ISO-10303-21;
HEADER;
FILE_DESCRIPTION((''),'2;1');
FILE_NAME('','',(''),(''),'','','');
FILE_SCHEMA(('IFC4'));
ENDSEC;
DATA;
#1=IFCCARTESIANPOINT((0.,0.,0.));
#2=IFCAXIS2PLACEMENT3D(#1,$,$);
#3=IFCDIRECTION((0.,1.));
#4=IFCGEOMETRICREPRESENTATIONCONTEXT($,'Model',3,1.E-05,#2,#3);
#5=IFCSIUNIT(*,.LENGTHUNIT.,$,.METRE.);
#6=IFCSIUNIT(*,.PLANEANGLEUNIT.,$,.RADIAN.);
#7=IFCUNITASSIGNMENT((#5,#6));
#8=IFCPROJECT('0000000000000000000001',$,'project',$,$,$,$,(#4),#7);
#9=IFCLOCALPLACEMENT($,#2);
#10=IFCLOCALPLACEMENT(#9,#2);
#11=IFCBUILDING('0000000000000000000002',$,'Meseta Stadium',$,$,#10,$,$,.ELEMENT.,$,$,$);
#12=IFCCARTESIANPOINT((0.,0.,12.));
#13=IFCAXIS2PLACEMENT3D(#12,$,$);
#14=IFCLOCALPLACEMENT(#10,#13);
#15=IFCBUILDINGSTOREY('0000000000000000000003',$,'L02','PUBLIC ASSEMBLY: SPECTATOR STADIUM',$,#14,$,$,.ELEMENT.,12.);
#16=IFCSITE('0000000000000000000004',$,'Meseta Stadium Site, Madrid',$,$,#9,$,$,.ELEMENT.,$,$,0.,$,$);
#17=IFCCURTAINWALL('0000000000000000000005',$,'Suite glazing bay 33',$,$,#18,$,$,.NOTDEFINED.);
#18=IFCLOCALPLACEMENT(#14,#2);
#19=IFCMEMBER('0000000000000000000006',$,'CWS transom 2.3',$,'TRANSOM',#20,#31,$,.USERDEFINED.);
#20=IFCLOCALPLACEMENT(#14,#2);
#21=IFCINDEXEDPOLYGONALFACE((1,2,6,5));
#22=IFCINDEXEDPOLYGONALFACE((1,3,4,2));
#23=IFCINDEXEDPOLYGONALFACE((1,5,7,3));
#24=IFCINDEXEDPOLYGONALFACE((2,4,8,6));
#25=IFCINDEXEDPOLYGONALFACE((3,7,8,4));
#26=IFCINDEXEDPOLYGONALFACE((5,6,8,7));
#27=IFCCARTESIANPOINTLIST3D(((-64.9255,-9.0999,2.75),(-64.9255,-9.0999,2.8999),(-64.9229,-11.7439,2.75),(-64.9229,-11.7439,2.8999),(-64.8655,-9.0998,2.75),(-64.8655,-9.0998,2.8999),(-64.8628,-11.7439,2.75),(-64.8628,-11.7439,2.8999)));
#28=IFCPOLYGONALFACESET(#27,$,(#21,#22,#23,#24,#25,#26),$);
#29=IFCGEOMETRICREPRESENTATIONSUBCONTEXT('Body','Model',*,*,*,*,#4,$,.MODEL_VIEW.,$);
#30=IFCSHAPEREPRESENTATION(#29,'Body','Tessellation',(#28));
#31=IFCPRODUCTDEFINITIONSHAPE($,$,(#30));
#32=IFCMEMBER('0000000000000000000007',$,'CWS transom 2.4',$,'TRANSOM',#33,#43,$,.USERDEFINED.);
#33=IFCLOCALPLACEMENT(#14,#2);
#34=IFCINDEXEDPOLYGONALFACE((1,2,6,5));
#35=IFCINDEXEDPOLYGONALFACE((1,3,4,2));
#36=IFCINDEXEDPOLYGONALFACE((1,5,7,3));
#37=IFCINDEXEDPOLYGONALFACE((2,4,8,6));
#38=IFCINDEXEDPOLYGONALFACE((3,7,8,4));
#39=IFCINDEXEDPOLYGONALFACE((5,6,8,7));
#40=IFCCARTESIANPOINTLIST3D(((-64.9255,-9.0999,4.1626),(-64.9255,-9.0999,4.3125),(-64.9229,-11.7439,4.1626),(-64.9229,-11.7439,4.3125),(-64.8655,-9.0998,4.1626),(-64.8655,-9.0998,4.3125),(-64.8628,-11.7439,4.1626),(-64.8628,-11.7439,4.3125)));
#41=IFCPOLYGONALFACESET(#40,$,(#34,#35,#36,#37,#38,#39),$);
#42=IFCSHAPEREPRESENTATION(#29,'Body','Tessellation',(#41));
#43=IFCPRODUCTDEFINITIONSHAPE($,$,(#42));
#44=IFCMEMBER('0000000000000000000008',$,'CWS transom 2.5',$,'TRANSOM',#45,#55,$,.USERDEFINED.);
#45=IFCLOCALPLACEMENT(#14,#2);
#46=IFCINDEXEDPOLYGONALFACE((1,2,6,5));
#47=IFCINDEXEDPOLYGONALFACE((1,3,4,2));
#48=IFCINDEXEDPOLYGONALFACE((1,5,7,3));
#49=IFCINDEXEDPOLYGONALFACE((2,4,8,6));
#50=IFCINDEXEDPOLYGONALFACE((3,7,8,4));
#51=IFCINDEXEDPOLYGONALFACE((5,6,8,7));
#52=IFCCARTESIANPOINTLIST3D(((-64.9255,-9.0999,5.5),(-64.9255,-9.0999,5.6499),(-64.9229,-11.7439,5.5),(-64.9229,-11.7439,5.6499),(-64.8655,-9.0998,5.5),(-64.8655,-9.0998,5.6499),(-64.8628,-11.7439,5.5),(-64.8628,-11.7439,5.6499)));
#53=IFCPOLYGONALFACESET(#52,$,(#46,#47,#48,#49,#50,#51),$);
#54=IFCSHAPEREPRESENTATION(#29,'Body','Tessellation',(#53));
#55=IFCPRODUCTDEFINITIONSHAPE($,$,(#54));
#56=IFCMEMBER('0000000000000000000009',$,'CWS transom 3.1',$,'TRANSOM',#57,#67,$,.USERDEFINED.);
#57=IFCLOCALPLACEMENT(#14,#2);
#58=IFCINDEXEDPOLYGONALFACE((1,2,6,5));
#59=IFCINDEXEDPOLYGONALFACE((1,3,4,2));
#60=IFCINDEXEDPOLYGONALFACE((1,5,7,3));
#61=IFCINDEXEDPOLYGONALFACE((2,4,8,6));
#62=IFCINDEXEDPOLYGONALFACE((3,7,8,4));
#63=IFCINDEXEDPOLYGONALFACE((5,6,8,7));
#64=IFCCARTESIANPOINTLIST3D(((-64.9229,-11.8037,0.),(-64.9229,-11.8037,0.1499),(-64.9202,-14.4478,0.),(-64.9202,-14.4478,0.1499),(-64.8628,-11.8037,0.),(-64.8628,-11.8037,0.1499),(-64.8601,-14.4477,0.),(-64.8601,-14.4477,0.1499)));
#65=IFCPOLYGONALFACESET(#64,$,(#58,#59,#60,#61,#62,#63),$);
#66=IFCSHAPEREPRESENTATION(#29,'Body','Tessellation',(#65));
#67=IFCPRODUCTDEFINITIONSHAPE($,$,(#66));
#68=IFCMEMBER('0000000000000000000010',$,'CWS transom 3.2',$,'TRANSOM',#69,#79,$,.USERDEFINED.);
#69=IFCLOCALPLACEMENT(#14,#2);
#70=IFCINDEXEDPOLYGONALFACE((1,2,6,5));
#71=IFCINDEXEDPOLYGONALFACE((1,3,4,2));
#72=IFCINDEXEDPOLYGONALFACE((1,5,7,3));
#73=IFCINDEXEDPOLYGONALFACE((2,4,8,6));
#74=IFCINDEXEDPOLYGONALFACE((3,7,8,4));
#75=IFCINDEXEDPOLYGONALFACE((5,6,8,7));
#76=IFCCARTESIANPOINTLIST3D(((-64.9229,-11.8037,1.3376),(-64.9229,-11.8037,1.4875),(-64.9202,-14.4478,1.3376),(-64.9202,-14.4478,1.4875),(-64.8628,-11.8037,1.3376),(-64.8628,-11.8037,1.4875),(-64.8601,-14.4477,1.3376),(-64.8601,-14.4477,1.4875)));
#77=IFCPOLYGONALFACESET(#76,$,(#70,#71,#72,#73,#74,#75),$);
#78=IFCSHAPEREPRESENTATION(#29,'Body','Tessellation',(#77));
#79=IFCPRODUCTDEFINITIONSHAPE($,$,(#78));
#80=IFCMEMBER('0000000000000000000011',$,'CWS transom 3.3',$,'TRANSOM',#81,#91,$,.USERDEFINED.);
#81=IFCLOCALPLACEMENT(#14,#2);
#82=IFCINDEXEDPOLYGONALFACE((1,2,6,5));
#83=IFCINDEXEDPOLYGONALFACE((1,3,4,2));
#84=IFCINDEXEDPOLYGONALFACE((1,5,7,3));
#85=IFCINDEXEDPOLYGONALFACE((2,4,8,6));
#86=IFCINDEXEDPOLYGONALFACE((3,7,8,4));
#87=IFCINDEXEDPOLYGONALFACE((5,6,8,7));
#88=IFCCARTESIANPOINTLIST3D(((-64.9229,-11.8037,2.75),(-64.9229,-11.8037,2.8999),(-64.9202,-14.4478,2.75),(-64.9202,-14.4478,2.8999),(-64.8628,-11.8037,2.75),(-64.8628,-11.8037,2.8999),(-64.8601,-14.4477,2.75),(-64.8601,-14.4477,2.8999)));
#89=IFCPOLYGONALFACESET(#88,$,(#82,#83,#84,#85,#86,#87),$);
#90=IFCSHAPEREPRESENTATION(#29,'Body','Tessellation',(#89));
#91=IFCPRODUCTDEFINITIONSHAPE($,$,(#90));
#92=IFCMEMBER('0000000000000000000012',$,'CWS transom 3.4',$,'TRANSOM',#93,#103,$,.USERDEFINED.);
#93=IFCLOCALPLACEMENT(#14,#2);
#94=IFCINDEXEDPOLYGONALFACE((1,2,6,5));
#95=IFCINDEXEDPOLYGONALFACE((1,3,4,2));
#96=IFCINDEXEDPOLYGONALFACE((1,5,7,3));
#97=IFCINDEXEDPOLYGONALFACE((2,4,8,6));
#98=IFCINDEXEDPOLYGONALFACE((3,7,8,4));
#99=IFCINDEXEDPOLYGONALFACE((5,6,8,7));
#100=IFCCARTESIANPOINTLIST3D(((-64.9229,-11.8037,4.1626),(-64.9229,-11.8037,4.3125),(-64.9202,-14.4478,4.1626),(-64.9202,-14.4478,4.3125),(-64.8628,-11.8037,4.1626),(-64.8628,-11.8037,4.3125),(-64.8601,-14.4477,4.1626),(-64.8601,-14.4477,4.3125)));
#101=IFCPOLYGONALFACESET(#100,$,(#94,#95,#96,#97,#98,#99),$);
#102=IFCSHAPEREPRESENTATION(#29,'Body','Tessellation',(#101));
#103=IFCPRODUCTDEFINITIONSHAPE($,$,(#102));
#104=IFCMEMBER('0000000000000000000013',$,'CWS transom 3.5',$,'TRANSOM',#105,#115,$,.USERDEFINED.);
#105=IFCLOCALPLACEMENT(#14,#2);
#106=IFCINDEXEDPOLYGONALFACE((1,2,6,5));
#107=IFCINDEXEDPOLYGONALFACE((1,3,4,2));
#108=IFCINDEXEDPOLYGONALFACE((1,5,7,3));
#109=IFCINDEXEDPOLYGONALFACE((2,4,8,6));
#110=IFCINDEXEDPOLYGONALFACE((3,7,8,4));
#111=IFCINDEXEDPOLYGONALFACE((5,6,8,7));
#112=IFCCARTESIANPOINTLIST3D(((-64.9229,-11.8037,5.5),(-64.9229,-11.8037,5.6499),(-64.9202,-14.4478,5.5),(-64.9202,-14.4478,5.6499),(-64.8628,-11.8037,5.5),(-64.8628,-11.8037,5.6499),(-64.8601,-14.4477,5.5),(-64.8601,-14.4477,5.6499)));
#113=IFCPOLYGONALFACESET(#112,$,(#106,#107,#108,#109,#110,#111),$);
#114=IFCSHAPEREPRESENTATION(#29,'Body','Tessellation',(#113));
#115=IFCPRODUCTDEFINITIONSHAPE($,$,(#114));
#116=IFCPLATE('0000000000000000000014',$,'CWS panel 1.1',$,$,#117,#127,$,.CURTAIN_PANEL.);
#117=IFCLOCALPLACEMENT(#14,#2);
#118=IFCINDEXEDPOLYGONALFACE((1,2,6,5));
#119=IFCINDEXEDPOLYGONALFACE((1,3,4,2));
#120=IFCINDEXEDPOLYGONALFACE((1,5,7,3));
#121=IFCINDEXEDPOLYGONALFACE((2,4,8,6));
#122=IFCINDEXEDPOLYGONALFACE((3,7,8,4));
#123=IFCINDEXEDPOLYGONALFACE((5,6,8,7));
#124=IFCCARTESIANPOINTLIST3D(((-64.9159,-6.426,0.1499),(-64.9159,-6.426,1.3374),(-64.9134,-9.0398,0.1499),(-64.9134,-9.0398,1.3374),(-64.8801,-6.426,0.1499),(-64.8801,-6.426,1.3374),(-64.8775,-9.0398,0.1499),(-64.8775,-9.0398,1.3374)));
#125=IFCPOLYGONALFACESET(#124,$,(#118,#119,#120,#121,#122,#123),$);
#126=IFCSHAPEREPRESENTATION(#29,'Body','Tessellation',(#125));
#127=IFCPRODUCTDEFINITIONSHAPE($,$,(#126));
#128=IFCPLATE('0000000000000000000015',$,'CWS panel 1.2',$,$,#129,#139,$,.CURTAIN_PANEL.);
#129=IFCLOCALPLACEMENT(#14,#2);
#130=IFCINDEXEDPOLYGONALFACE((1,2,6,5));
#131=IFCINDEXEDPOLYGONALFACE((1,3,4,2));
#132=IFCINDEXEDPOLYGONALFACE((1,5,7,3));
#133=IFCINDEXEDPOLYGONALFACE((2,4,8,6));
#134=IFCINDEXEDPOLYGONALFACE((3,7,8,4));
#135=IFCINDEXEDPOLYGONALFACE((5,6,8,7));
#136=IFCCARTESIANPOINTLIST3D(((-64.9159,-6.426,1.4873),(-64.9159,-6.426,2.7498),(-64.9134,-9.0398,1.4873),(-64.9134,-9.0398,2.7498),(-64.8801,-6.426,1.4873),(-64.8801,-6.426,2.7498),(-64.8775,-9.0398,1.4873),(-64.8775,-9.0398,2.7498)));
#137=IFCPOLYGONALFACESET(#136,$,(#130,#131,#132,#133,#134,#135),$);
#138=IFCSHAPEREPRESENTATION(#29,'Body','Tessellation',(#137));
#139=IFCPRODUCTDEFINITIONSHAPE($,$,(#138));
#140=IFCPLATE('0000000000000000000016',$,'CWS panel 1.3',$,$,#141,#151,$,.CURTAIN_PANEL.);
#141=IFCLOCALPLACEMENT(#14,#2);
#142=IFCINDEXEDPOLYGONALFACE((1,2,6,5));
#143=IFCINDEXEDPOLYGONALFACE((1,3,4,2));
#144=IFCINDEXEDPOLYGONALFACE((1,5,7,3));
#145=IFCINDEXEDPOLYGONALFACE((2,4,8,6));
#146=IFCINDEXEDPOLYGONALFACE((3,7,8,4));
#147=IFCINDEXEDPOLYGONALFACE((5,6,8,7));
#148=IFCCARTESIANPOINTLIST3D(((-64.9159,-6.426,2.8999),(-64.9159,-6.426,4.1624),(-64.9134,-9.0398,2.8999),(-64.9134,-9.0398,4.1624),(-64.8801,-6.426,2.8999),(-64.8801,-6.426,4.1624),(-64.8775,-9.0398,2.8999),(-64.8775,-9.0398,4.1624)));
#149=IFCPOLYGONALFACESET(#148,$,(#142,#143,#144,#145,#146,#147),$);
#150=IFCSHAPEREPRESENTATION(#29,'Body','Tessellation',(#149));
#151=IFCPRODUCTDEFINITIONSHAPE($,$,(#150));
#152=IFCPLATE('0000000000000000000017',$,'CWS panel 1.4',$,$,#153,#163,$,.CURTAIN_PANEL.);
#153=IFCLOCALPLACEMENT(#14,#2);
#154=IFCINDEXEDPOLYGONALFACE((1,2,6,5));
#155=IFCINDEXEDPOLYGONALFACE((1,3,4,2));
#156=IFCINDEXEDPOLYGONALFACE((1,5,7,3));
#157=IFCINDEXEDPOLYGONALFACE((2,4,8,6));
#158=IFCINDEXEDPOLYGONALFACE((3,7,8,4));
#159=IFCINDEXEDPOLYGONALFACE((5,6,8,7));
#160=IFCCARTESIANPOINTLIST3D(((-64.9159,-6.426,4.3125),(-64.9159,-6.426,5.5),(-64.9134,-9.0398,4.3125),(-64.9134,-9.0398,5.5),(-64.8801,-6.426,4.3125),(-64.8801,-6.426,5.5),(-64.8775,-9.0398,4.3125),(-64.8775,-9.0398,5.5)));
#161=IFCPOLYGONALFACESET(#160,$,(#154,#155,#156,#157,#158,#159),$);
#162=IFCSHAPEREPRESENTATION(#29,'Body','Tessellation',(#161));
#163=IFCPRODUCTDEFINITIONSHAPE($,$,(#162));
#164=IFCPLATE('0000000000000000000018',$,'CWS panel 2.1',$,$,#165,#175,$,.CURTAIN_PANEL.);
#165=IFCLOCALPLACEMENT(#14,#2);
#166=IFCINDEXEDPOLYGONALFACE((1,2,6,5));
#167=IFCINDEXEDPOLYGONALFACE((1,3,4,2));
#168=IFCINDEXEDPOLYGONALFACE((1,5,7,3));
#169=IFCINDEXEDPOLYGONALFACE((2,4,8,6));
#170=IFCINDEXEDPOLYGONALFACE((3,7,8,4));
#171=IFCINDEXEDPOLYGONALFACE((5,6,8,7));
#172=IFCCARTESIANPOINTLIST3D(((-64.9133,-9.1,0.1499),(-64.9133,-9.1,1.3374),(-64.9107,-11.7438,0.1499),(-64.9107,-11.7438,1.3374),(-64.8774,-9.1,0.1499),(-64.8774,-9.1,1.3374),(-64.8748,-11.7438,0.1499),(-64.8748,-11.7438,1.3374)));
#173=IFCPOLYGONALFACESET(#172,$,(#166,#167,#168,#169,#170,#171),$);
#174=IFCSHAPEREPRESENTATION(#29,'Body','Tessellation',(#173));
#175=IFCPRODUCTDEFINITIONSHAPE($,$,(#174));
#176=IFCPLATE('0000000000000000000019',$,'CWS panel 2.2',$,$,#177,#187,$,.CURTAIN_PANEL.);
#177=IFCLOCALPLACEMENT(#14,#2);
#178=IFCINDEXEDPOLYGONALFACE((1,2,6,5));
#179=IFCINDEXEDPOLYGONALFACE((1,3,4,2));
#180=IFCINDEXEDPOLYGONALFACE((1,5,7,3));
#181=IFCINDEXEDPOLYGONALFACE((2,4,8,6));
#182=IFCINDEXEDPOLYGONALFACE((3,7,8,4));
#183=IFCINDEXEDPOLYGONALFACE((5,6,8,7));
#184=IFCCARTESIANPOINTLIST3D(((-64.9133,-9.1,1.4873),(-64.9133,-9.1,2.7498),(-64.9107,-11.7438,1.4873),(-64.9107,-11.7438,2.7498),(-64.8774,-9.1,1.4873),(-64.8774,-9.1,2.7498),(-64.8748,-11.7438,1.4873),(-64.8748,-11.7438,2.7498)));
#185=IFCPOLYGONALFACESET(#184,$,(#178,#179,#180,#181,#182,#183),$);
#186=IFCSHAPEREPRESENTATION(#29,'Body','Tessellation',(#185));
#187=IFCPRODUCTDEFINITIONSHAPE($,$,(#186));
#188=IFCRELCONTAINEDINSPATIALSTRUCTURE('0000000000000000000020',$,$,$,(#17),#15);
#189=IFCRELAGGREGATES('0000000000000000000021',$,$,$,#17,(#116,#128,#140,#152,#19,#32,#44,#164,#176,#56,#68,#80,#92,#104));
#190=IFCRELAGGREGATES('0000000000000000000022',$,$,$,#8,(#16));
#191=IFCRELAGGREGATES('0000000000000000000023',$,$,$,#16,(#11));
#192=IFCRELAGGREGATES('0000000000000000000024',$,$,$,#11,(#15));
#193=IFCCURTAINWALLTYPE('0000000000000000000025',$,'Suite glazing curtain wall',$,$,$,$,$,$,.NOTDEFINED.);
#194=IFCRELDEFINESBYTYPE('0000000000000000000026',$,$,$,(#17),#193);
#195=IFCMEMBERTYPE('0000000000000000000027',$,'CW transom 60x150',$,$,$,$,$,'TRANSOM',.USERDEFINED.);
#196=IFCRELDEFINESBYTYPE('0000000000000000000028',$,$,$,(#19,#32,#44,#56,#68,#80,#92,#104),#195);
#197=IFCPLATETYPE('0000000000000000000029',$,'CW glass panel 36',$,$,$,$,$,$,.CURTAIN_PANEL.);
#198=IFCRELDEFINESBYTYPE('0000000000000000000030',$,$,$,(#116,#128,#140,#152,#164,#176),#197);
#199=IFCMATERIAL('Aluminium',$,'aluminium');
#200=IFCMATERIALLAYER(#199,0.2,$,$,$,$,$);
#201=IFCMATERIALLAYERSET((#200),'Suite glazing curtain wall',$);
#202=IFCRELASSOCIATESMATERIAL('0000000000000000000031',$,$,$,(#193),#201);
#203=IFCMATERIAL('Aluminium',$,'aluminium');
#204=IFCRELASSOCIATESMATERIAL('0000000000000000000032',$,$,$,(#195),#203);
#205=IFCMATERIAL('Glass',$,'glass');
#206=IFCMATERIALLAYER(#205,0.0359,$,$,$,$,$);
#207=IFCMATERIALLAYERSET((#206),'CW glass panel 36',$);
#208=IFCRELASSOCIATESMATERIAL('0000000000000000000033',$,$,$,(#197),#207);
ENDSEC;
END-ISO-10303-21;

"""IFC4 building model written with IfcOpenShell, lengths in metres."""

from ifc_helpers import new_model, si_unit, direction, frame, origin, origin_2d, place, context, subcontext, project, spatial, rectangle, extrude, material, layer, layer_set, material_profile, profile_set, type_object, element, aggregate, save


model = new_model("IFC4")

# Units and contexts
model_context = context("Model", 3, precision=1e-05, world=origin(), true_north=direction((0.0, 1.0)))
body_context = subcontext(model_context, "Body", "Model", "MODEL_VIEW")
ifc_project = project(units=[si_unit("LENGTHUNIT", "METRE"), si_unit("PLANEANGLEUNIT", "RADIAN")], contexts=[model_context])

# Site, building, storey
site_placement = place(None, origin())
site = spatial("IfcSite", under=ifc_project, at=site_placement, Name="Meseta Stadium Site, Madrid", CompositionType="ELEMENT", RefElevation=0.0)
building_placement = place(site_placement, origin())
building = spatial("IfcBuilding", under=site, at=building_placement, Name="Meseta Stadium", CompositionType="ELEMENT")
storey_placement = place(building_placement, frame((0.0, 0.0, 12.0)))
storey = spatial("IfcBuildingStorey", under=building, at=storey_placement, Name="L02", Description="PUBLIC ASSEMBLY: SPECTATOR STADIUM", CompositionType="ELEMENT", Elevation=12.0)

# Shared definitions
ifc_material_1 = material(Name="Aluminium", Category="aluminium")
ifc_layer_1 = layer(ifc_material_1, 0.2)
ifc_layer_set_1 = layer_set([ifc_layer_1], Name="Suite glazing curtain wall")
curtain_wall_type = type_object("IfcCurtainWallType", Name="Suite glazing curtain wall", PredefinedType="NOTDEFINED", material=ifc_layer_set_1)

# Curtain wall
curtain_wall_1_placement = place(storey_placement, origin())
curtain_wall_1 = element("IfcCurtainWall", 1, at=curtain_wall_1_placement, inside=storey, type_object=curtain_wall_type, Name="Suite glazing bay 33", PredefinedType="NOTDEFINED")

# Members
ifc_material_2 = material(Name="Aluminium", Category="aluminium")
ifc_material_profile_1 = material_profile(ifc_material_2, rectangle(XDim=0.0601, YDim=0.1499, at=origin_2d()), Name="CW 60x150")
ifc_profile_set_1 = profile_set([ifc_material_profile_1], Name="Aluminium")
member_type_1 = type_object("IfcMemberType", Name="CW transom 60x150", ElementType="TRANSOM", PredefinedType="USERDEFINED", material=ifc_profile_set_1)
member_1_placement = place(storey_placement, frame((-64.8955, -9.0999, 2.825), z_axis=(0.001016, -0.999999, 0.0), x_axis=(0.999999, 0.001016, 0.0)))
member_1 = element("IfcMember", 2, at=member_1_placement, type_object=member_type_1, Name="CWS transom 2.3", ObjectType="TRANSOM", PredefinedType="USERDEFINED", context=body_context, shape_type="SweptSolid", body=[
    extrude(rectangle(XDim=0.0601, YDim=0.1499, at=origin_2d()), origin(), (0.0, 0.0, 1.0), 2.644),
])
member_2_placement = place(storey_placement, frame((-64.8955, -9.0999, 4.2375), z_axis=(0.001016, -0.999999, 0.0), x_axis=(0.999999, 0.001016, 0.0)))
member_2 = element("IfcMember", 3, at=member_2_placement, type_object=member_type_1, Name="CWS transom 2.4", ObjectType="TRANSOM", PredefinedType="USERDEFINED", context=body_context, shape_type="SweptSolid", body=[
    extrude(rectangle(XDim=0.0601, YDim=0.1499, at=origin_2d()), origin(), (0.0, 0.0, 1.0), 2.644),
])
member_3_placement = place(storey_placement, frame((-64.8955, -9.0999, 5.575), z_axis=(0.001016, -0.999999, 0.0), x_axis=(0.999999, 0.001016, 0.0)))
member_3 = element("IfcMember", 4, at=member_3_placement, type_object=member_type_1, Name="CWS transom 2.5", ObjectType="TRANSOM", PredefinedType="USERDEFINED", context=body_context, shape_type="SweptSolid", body=[
    extrude(rectangle(XDim=0.0601, YDim=0.1499, at=origin_2d()), origin(), (0.0, 0.0, 1.0), 2.644),
])
member_4_placement = place(storey_placement, frame((-64.8928, -11.8037, 0.075), z_axis=(0.001016, -0.999999, 0.0), x_axis=(0.999999, 0.001016, 0.0)))
member_4 = element("IfcMember", 5, at=member_4_placement, type_object=member_type_1, Name="CWS transom 3.1", ObjectType="TRANSOM", PredefinedType="USERDEFINED", context=body_context, shape_type="SweptSolid", body=[
    extrude(rectangle(XDim=0.0601, YDim=0.1499, at=origin_2d()), origin(), (0.0, 0.0, 1.0), 2.644),
])
member_5_placement = place(storey_placement, frame((-64.8928, -11.8037, 1.4126), z_axis=(0.001016, -0.999999, 0.0), x_axis=(0.999999, 0.001016, 0.0)))
member_5 = element("IfcMember", 6, at=member_5_placement, type_object=member_type_1, Name="CWS transom 3.2", ObjectType="TRANSOM", PredefinedType="USERDEFINED", context=body_context, shape_type="SweptSolid", body=[
    extrude(rectangle(XDim=0.0601, YDim=0.1499, at=origin_2d()), origin(), (0.0, 0.0, 1.0), 2.644),
])
member_6_placement = place(storey_placement, frame((-64.8928, -11.8037, 2.825), z_axis=(0.001016, -0.999999, 0.0), x_axis=(0.999999, 0.001016, 0.0)))
member_6 = element("IfcMember", 7, at=member_6_placement, type_object=member_type_1, Name="CWS transom 3.3", ObjectType="TRANSOM", PredefinedType="USERDEFINED", context=body_context, shape_type="SweptSolid", body=[
    extrude(rectangle(XDim=0.0601, YDim=0.1499, at=origin_2d()), origin(), (0.0, 0.0, 1.0), 2.644),
])
member_7_placement = place(storey_placement, frame((-64.8928, -11.8037, 4.2375), z_axis=(0.001016, -0.999999, 0.0), x_axis=(0.999999, 0.001016, 0.0)))
member_7 = element("IfcMember", 8, at=member_7_placement, type_object=member_type_1, Name="CWS transom 3.4", ObjectType="TRANSOM", PredefinedType="USERDEFINED", context=body_context, shape_type="SweptSolid", body=[
    extrude(rectangle(XDim=0.0601, YDim=0.1499, at=origin_2d()), origin(), (0.0, 0.0, 1.0), 2.644),
])
member_8_placement = place(storey_placement, frame((-64.8928, -11.8037, 5.575), z_axis=(0.001016, -0.999999, 0.0), x_axis=(0.999999, 0.001016, 0.0)))
member_8 = element("IfcMember", 9, at=member_8_placement, type_object=member_type_1, Name="CWS transom 3.5", ObjectType="TRANSOM", PredefinedType="USERDEFINED", context=body_context, shape_type="SweptSolid", body=[
    extrude(rectangle(XDim=0.0601, YDim=0.1499, at=origin_2d()), origin(), (0.0, 0.0, 1.0), 2.644),
])

# Plates
ifc_material_3 = material(Name="Glass", Category="glass")
ifc_layer_2 = layer(ifc_material_3, 0.0359)
ifc_layer_set_2 = layer_set([ifc_layer_2], Name="CW glass panel 36")
plate_type = type_object("IfcPlateType", Name="CW glass panel 36", PredefinedType="CURTAIN_PANEL", material=ifc_layer_set_2)
plate_1_placement = place(storey_placement, frame((-64.8967, -7.7329, 0.1499), z_axis=(0.0, 0.0, 1.0), x_axis=(0.000975, -1.0, 0.0)))
plate_1 = element("IfcPlate", 10, at=plate_1_placement, type_object=plate_type, Name="CWS panel 1.1", PredefinedType="CURTAIN_PANEL", context=body_context, shape_type="SweptSolid", body=[
    extrude(rectangle(XDim=2.6138, YDim=0.0359, at=origin_2d()), origin(), (0.0, 0.0, 1.0), 1.1875),
])
plate_2_placement = place(storey_placement, frame((-64.8967, -7.7329, 1.4873), z_axis=(0.0, 0.0, 1.0), x_axis=(0.000975, -1.0, 0.0)))
plate_2 = element("IfcPlate", 11, at=plate_2_placement, type_object=plate_type, Name="CWS panel 1.2", PredefinedType="CURTAIN_PANEL", context=body_context, shape_type="SweptSolid", body=[
    extrude(rectangle(XDim=2.6138, YDim=0.0359, at=origin_2d()), origin(), (0.0, 0.0, 1.0), 1.2625),
])
plate_3_placement = place(storey_placement, frame((-64.8967, -7.7329, 2.8999), z_axis=(0.0, 0.0, 1.0), x_axis=(0.000975, -1.0, 0.0)))
plate_3 = element("IfcPlate", 12, at=plate_3_placement, type_object=plate_type, Name="CWS panel 1.3", PredefinedType="CURTAIN_PANEL", context=body_context, shape_type="SweptSolid", body=[
    extrude(rectangle(XDim=2.6138, YDim=0.0359, at=origin_2d()), origin(), (0.0, 0.0, 1.0), 1.2625),
])
plate_4_placement = place(storey_placement, frame((-64.8967, -7.7329, 4.3125), z_axis=(0.0, 0.0, 1.0), x_axis=(0.000975, -1.0, 0.0)))
plate_4 = element("IfcPlate", 13, at=plate_4_placement, type_object=plate_type, Name="CWS panel 1.4", PredefinedType="CURTAIN_PANEL", context=body_context, shape_type="SweptSolid", body=[
    extrude(rectangle(XDim=2.6138, YDim=0.0359, at=origin_2d()), origin(), (0.0, 0.0, 1.0), 1.1875),
])
plate_5_placement = place(storey_placement, frame((-64.894, -10.4219, 0.1499), z_axis=(0.0, 0.0, 1.0), x_axis=(0.000975, -1.0, 0.0)))
plate_5 = element("IfcPlate", 14, at=plate_5_placement, type_object=plate_type, Name="CWS panel 2.1", PredefinedType="CURTAIN_PANEL", context=body_context, shape_type="SweptSolid", body=[
    extrude(rectangle(XDim=2.6438, YDim=0.0359, at=origin_2d()), origin(), (0.0, 0.0, 1.0), 1.1875),
])
plate_6_placement = place(storey_placement, frame((-64.894, -10.4219, 1.4873), z_axis=(0.0, 0.0, 1.0), x_axis=(0.000975, -1.0, 0.0)))
plate_6 = element("IfcPlate", 15, at=plate_6_placement, type_object=plate_type, Name="CWS panel 2.2", PredefinedType="CURTAIN_PANEL", context=body_context, shape_type="SweptSolid", body=[
    extrude(rectangle(XDim=2.6438, YDim=0.0359, at=origin_2d()), origin(), (0.0, 0.0, 1.0), 1.2625),
])
aggregate(curtain_wall_1, [plate_1, plate_2, plate_3, plate_4, member_1, member_2, member_3, plate_5, plate_6, member_4, member_5, member_6, member_7, member_8])

save(model, "model.ifc")
